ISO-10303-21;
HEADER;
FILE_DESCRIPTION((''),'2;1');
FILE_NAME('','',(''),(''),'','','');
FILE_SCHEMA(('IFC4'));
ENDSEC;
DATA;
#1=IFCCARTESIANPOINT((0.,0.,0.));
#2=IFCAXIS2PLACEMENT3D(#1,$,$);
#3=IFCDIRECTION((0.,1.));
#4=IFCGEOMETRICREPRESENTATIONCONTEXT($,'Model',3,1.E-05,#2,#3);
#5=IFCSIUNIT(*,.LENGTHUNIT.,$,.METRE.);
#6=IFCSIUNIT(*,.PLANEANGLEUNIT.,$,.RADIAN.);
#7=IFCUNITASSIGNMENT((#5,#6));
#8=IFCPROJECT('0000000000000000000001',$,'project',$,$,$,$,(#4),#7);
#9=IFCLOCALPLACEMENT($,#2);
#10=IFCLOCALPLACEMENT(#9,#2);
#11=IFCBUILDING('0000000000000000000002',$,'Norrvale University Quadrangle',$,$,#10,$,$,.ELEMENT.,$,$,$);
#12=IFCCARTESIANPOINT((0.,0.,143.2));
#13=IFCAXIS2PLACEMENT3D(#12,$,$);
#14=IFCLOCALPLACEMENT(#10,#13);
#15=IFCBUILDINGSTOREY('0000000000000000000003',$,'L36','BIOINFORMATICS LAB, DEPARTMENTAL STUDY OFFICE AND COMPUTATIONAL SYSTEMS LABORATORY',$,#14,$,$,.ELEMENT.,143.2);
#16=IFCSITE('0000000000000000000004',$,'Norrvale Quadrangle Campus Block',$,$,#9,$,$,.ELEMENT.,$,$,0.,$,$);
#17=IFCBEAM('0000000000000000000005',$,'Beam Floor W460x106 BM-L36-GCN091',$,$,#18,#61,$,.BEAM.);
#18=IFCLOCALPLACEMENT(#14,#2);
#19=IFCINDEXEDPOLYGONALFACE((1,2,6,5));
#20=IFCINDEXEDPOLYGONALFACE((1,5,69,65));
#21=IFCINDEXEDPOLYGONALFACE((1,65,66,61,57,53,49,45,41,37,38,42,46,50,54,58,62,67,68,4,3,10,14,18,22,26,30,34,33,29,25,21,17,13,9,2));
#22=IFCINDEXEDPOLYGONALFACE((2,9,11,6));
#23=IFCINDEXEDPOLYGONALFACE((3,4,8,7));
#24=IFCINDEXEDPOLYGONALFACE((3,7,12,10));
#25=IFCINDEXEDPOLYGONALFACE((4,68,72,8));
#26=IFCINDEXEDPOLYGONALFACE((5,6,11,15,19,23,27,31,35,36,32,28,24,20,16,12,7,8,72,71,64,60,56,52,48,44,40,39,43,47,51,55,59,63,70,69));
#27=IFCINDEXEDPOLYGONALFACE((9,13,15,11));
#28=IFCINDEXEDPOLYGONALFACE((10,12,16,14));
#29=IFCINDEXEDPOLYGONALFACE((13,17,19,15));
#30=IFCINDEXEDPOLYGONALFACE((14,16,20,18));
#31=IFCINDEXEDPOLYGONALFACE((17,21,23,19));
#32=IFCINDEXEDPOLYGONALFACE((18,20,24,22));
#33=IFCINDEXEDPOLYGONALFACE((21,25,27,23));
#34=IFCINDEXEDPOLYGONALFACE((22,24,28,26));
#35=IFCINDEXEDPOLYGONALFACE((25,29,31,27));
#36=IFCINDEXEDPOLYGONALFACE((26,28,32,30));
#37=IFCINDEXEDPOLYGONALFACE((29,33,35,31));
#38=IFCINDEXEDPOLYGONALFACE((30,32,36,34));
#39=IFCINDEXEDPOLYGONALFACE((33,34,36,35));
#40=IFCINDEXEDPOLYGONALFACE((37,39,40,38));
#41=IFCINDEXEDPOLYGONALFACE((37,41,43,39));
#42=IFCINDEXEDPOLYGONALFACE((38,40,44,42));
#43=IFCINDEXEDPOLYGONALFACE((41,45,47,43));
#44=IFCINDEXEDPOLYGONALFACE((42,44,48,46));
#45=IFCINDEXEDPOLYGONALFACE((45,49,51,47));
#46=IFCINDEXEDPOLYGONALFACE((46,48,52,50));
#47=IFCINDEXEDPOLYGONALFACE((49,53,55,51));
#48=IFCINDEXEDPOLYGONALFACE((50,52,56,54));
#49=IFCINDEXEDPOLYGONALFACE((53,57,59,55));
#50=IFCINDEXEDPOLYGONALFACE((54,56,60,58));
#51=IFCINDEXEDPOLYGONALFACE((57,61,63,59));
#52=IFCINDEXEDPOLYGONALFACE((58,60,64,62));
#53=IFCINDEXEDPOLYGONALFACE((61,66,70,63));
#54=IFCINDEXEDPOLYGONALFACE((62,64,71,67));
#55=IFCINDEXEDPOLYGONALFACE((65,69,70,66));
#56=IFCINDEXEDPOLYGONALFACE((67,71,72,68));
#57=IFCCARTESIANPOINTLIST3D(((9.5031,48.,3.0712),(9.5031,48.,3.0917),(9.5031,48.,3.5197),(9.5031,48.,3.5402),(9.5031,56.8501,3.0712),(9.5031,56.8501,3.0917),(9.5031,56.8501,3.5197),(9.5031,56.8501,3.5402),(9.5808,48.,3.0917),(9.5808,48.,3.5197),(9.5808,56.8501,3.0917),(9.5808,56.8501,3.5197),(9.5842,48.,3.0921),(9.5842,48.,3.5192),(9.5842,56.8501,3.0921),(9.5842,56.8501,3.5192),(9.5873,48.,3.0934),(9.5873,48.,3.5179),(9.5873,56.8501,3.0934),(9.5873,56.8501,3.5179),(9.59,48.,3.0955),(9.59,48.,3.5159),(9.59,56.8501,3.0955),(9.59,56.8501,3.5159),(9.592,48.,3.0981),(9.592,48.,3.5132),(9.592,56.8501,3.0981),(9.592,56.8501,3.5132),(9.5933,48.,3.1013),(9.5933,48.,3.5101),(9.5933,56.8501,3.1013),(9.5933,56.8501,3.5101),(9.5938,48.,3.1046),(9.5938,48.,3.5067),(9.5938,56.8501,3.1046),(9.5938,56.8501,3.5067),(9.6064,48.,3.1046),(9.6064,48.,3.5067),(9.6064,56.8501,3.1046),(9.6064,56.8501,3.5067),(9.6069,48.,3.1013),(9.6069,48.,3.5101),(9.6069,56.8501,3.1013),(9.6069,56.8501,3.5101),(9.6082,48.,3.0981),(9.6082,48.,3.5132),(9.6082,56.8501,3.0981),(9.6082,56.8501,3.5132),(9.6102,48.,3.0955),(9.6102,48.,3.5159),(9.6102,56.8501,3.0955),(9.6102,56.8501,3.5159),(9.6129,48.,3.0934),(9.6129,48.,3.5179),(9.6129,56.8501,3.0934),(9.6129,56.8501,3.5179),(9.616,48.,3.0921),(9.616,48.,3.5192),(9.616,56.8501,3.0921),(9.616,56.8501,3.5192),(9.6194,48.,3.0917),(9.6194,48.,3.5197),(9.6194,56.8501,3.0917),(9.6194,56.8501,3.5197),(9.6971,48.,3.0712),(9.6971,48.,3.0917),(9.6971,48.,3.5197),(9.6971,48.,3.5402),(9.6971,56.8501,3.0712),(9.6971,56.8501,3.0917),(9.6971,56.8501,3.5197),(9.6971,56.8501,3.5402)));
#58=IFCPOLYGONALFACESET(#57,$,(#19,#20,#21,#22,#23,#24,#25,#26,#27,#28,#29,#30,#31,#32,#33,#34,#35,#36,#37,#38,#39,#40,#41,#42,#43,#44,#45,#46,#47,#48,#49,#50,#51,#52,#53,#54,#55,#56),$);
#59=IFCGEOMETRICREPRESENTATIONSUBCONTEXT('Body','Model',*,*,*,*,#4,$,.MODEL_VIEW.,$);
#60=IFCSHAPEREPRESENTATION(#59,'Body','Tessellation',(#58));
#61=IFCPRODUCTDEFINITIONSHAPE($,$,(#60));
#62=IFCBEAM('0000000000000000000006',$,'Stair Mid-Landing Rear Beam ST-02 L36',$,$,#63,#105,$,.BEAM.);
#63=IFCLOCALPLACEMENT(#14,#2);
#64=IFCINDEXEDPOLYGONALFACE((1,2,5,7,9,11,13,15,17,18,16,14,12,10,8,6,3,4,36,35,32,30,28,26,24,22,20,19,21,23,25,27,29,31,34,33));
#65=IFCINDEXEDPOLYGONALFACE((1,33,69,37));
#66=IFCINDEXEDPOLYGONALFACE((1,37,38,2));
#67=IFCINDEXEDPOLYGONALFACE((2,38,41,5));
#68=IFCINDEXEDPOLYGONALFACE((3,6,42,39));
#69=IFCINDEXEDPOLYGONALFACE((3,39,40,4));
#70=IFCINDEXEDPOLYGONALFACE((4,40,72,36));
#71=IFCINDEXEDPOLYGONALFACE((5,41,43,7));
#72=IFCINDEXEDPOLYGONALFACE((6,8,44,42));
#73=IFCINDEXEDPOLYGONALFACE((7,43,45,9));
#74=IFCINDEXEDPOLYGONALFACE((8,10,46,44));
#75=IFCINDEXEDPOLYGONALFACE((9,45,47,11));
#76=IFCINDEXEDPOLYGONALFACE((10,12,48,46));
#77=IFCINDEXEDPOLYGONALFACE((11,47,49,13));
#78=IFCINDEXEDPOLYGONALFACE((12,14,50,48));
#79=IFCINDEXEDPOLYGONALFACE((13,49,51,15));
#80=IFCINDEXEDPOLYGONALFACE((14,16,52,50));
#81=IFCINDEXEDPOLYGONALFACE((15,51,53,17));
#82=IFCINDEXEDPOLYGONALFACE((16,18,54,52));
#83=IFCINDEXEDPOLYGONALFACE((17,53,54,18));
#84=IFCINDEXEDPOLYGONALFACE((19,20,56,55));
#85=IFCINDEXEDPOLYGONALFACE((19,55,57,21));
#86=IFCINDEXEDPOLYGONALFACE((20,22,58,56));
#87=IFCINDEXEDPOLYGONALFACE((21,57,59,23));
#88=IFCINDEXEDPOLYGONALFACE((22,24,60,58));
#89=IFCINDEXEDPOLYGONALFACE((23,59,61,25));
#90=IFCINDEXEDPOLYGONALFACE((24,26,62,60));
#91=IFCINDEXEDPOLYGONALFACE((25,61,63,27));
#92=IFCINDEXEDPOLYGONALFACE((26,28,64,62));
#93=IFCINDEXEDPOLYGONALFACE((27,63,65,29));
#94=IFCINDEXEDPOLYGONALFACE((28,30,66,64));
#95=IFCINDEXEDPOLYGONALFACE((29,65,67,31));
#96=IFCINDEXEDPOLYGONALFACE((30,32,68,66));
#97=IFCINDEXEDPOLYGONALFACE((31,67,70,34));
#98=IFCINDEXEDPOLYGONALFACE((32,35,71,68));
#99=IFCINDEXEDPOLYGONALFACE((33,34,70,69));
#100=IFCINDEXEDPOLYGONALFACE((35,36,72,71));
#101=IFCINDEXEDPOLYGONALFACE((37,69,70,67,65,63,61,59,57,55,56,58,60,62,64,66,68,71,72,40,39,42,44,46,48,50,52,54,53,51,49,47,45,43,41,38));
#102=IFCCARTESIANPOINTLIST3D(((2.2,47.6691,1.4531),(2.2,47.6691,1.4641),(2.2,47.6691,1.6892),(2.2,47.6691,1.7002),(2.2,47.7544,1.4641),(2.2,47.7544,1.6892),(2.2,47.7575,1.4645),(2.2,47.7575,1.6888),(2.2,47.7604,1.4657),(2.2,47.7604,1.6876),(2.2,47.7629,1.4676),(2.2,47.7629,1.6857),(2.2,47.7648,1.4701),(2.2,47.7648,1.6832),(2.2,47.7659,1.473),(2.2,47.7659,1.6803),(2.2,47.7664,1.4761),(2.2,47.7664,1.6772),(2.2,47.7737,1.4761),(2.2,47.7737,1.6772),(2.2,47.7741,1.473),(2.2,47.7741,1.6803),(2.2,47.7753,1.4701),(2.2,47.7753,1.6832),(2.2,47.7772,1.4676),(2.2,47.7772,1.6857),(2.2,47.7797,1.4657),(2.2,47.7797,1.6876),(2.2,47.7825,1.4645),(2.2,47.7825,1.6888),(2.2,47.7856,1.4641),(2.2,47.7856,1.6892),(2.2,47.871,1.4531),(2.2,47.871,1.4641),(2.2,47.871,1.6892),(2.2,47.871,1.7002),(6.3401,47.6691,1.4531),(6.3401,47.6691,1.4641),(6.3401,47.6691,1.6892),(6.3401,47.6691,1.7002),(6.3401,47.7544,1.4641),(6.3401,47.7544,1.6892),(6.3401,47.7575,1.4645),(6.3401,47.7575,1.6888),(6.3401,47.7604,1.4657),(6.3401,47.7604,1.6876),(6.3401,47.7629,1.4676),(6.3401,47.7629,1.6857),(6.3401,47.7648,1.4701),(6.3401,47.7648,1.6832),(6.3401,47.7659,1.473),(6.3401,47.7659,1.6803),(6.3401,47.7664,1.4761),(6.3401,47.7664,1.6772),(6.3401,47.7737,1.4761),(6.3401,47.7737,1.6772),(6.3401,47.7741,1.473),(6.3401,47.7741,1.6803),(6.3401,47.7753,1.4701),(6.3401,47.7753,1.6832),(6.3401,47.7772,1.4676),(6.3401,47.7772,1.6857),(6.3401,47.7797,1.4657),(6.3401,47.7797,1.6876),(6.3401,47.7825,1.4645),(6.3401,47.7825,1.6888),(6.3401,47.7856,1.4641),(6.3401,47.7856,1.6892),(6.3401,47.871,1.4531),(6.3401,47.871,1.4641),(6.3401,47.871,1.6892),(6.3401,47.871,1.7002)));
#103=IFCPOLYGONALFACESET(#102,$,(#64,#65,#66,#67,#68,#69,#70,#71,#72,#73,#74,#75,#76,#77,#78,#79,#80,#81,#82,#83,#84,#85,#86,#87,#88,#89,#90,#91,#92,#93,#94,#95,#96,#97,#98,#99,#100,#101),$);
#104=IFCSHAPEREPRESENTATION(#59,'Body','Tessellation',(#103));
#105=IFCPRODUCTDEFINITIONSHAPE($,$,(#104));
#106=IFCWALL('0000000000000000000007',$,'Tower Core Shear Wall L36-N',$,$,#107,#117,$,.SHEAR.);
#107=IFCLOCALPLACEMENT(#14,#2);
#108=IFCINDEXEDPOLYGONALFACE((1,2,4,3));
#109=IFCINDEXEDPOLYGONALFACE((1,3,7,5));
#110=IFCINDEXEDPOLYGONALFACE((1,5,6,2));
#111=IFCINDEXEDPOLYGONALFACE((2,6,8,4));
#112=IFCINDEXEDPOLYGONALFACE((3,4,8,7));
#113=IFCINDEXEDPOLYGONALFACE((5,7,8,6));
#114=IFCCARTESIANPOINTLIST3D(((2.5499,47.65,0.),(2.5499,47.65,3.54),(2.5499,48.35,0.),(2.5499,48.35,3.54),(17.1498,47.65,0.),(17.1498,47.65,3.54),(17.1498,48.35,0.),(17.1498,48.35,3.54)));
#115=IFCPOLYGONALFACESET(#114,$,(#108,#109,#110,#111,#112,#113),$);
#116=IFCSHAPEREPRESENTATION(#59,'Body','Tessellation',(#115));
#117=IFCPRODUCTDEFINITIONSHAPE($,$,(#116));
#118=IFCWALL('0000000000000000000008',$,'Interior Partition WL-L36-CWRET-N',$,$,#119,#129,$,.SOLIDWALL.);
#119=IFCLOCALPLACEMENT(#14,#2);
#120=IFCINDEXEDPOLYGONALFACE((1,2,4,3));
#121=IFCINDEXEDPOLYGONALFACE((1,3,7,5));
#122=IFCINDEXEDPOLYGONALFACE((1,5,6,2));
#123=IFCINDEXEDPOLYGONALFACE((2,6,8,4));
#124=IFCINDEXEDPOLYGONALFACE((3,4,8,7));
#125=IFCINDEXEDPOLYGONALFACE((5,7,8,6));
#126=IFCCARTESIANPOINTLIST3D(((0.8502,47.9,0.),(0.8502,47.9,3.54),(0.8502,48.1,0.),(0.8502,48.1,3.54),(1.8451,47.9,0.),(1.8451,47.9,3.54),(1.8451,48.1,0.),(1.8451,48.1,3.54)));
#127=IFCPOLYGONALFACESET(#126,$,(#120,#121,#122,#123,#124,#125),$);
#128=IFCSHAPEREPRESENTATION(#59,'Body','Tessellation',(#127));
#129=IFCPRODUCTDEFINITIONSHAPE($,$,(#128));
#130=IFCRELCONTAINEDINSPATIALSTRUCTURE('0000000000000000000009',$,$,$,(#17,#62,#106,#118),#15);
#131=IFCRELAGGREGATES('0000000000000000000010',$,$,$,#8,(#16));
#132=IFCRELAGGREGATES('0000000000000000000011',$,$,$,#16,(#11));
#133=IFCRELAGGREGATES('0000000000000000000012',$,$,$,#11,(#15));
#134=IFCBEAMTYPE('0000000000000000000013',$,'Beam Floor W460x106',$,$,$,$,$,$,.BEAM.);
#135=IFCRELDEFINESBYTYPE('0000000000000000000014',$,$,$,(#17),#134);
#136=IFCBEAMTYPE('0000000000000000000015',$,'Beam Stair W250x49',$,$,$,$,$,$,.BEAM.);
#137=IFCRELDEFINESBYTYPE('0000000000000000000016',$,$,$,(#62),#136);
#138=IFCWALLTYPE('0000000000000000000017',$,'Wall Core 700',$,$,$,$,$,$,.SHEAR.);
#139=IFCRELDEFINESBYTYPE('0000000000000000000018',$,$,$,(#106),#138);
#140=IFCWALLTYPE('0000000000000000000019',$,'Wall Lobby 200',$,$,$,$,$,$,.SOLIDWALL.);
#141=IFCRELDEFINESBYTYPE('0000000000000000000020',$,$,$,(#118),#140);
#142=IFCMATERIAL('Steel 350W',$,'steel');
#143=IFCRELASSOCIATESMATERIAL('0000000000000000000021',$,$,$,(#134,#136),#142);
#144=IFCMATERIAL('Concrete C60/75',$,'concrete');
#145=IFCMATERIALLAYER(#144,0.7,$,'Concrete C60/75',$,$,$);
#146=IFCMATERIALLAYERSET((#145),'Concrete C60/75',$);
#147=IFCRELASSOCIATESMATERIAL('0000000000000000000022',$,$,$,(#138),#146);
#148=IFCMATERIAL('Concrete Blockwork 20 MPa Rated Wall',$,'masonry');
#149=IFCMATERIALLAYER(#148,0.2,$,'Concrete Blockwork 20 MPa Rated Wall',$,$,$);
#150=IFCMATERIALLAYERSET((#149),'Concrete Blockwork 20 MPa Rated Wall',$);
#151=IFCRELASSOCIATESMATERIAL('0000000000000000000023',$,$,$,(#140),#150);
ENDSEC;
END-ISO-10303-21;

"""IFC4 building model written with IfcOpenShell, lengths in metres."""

from ifc_helpers import new_model, si_unit, direction, frame, frame_2d, origin, origin_2d, place, context, subcontext, project, spatial, rectangle, i_section, extrude, material, layer, layer_set, material_profile, profile_set, type_object, element, save


model = new_model("IFC4")

# Units and contexts
model_context = context("Model", 3, precision=1e-05, world=origin(), true_north=direction((0.0, 1.0)))
body_context = subcontext(model_context, "Body", "Model", "MODEL_VIEW")
ifc_project = project(units=[si_unit("LENGTHUNIT", "METRE"), si_unit("PLANEANGLEUNIT", "RADIAN")], contexts=[model_context])

# Site, building, storey
site_placement = place(None, origin())
site = spatial("IfcSite", under=ifc_project, at=site_placement, Name="Norrvale Quadrangle Campus Block", CompositionType="ELEMENT", RefElevation=0.0)
building_placement = place(site_placement, origin())
building = spatial("IfcBuilding", under=site, at=building_placement, Name="Norrvale University Quadrangle", CompositionType="ELEMENT")
storey_placement = place(building_placement, frame((0.0, 0.0, 143.2)))
storey = spatial("IfcBuildingStorey", under=building, at=storey_placement, Name="L36", Description="BIOINFORMATICS LAB, DEPARTMENTAL STUDY OFFICE AND COMPUTATIONAL SYSTEMS LABORATORY", CompositionType="ELEMENT", Elevation=143.2)

# Shared definitions
ifc_material_1 = material(Name="Concrete C60/75", Category="concrete")

# Beams
ifc_material_2 = material(Name="Steel 350W", Category="steel")
ifc_material_profile_1 = material_profile(ifc_material_2, i_section(OverallWidth=0.1941, OverallDepth=0.469, WebThickness=0.0127, FlangeThickness=0.0205, FilletRadius=0.0129, at=origin_2d()), Name="Steel 350W")
ifc_profile_set_1 = profile_set([ifc_material_profile_1], Name="Steel 350W")
beam_type_1 = type_object("IfcBeamType", Name="Beam Floor W460x106", PredefinedType="BEAM", material=ifc_profile_set_1)
beam_1_placement = place(storey_placement, frame((9.6001, 48.0, 3.3057), z_axis=(0.0, 1.0, 0.0), x_axis=(-1.0, 0.0, 0.0)))
element("IfcBeam", 1, at=beam_1_placement, inside=storey, type_object=beam_type_1, Name="Beam Floor W460x106 BM-L36-GCN091", PredefinedType="BEAM", context=body_context, shape_type="SweptSolid", body=[
    extrude(i_section(OverallWidth=0.1941, OverallDepth=0.469, WebThickness=0.0127, FlangeThickness=0.0205, FilletRadius=0.0129, at=origin_2d()), origin(), (0.0, 0.0, 1.0), 8.8501),
])
ifc_material_profile_2 = material_profile(ifc_material_2, i_section(OverallWidth=0.2019, OverallDepth=0.2471, WebThickness=0.0073, FlangeThickness=0.011, FilletRadius=0.012, at=origin_2d()), Name="Steel 350W")
ifc_profile_set_2 = profile_set([ifc_material_profile_2], Name="Steel 350W")
beam_type_2 = type_object("IfcBeamType", Name="Beam Stair W250x49", PredefinedType="BEAM", material=ifc_profile_set_2)
beam_2_placement = place(storey_placement, frame((2.2, 47.77, 1.5767), z_axis=(1.0, 0.0, 0.0), x_axis=(0.0, 1.0, 0.0)))
element("IfcBeam", 2, at=beam_2_placement, inside=storey, type_object=beam_type_2, Name="Stair Mid-Landing Rear Beam ST-02 L36", PredefinedType="BEAM", context=body_context, shape_type="SweptSolid", body=[
    extrude(i_section(OverallWidth=0.2019, OverallDepth=0.2471, WebThickness=0.0073, FlangeThickness=0.011, FilletRadius=0.012, at=origin_2d()), origin(), (0.0, 0.0, 1.0), 4.1401),
])

# Walls
ifc_layer_1 = layer(ifc_material_1, 0.7, Name="Concrete C60/75")
ifc_layer_set_1 = layer_set([ifc_layer_1], Name="Concrete C60/75")
wall_type_1 = type_object("IfcWallType", Name="Wall Core 700", PredefinedType="SHEAR", material=ifc_layer_set_1)
wall_1_placement = place(storey_placement, frame((2.55, 48.0, 0.0), z_axis=(0.0, 0.0, 1.0), x_axis=(1.0, 0.0, 0.0)))
element("IfcWall", 3, at=wall_1_placement, inside=storey, type_object=wall_type_1, Name="Tower Core Shear Wall L36-N", PredefinedType="SHEAR", context=body_context, shape_type="SweptSolid", body=[
    extrude(rectangle(XDim=14.5999, YDim=0.7, at=frame_2d((7.2998, 0.0))), origin(), (0.0, 0.0, 1.0), 3.54),
])
ifc_material_3 = material(Name="Concrete Blockwork 20 MPa Rated Wall", Category="masonry")
ifc_layer_2 = layer(ifc_material_3, 0.2, Name="Concrete Blockwork 20 MPa Rated Wall")
ifc_layer_set_2 = layer_set([ifc_layer_2], Name="Concrete Blockwork 20 MPa Rated Wall")
wall_type_2 = type_object("IfcWallType", Name="Wall Lobby 200", PredefinedType="SOLIDWALL", material=ifc_layer_set_2)
wall_2_placement = place(storey_placement, frame((0.8501, 48.0, 0.0), z_axis=(0.0, 0.0, 1.0), x_axis=(1.0, 0.0, 0.0)))
element("IfcWall", 4, at=wall_2_placement, inside=storey, type_object=wall_type_2, Name="Interior Partition WL-L36-CWRET-N", PredefinedType="SOLIDWALL", context=body_context, shape_type="SweptSolid", body=[
    extrude(rectangle(XDim=0.9949, YDim=0.2, at=frame_2d((0.4976, 0.0))), origin(), (0.0, 0.0, 1.0), 3.54),
])

save(model, "model.ifc")
